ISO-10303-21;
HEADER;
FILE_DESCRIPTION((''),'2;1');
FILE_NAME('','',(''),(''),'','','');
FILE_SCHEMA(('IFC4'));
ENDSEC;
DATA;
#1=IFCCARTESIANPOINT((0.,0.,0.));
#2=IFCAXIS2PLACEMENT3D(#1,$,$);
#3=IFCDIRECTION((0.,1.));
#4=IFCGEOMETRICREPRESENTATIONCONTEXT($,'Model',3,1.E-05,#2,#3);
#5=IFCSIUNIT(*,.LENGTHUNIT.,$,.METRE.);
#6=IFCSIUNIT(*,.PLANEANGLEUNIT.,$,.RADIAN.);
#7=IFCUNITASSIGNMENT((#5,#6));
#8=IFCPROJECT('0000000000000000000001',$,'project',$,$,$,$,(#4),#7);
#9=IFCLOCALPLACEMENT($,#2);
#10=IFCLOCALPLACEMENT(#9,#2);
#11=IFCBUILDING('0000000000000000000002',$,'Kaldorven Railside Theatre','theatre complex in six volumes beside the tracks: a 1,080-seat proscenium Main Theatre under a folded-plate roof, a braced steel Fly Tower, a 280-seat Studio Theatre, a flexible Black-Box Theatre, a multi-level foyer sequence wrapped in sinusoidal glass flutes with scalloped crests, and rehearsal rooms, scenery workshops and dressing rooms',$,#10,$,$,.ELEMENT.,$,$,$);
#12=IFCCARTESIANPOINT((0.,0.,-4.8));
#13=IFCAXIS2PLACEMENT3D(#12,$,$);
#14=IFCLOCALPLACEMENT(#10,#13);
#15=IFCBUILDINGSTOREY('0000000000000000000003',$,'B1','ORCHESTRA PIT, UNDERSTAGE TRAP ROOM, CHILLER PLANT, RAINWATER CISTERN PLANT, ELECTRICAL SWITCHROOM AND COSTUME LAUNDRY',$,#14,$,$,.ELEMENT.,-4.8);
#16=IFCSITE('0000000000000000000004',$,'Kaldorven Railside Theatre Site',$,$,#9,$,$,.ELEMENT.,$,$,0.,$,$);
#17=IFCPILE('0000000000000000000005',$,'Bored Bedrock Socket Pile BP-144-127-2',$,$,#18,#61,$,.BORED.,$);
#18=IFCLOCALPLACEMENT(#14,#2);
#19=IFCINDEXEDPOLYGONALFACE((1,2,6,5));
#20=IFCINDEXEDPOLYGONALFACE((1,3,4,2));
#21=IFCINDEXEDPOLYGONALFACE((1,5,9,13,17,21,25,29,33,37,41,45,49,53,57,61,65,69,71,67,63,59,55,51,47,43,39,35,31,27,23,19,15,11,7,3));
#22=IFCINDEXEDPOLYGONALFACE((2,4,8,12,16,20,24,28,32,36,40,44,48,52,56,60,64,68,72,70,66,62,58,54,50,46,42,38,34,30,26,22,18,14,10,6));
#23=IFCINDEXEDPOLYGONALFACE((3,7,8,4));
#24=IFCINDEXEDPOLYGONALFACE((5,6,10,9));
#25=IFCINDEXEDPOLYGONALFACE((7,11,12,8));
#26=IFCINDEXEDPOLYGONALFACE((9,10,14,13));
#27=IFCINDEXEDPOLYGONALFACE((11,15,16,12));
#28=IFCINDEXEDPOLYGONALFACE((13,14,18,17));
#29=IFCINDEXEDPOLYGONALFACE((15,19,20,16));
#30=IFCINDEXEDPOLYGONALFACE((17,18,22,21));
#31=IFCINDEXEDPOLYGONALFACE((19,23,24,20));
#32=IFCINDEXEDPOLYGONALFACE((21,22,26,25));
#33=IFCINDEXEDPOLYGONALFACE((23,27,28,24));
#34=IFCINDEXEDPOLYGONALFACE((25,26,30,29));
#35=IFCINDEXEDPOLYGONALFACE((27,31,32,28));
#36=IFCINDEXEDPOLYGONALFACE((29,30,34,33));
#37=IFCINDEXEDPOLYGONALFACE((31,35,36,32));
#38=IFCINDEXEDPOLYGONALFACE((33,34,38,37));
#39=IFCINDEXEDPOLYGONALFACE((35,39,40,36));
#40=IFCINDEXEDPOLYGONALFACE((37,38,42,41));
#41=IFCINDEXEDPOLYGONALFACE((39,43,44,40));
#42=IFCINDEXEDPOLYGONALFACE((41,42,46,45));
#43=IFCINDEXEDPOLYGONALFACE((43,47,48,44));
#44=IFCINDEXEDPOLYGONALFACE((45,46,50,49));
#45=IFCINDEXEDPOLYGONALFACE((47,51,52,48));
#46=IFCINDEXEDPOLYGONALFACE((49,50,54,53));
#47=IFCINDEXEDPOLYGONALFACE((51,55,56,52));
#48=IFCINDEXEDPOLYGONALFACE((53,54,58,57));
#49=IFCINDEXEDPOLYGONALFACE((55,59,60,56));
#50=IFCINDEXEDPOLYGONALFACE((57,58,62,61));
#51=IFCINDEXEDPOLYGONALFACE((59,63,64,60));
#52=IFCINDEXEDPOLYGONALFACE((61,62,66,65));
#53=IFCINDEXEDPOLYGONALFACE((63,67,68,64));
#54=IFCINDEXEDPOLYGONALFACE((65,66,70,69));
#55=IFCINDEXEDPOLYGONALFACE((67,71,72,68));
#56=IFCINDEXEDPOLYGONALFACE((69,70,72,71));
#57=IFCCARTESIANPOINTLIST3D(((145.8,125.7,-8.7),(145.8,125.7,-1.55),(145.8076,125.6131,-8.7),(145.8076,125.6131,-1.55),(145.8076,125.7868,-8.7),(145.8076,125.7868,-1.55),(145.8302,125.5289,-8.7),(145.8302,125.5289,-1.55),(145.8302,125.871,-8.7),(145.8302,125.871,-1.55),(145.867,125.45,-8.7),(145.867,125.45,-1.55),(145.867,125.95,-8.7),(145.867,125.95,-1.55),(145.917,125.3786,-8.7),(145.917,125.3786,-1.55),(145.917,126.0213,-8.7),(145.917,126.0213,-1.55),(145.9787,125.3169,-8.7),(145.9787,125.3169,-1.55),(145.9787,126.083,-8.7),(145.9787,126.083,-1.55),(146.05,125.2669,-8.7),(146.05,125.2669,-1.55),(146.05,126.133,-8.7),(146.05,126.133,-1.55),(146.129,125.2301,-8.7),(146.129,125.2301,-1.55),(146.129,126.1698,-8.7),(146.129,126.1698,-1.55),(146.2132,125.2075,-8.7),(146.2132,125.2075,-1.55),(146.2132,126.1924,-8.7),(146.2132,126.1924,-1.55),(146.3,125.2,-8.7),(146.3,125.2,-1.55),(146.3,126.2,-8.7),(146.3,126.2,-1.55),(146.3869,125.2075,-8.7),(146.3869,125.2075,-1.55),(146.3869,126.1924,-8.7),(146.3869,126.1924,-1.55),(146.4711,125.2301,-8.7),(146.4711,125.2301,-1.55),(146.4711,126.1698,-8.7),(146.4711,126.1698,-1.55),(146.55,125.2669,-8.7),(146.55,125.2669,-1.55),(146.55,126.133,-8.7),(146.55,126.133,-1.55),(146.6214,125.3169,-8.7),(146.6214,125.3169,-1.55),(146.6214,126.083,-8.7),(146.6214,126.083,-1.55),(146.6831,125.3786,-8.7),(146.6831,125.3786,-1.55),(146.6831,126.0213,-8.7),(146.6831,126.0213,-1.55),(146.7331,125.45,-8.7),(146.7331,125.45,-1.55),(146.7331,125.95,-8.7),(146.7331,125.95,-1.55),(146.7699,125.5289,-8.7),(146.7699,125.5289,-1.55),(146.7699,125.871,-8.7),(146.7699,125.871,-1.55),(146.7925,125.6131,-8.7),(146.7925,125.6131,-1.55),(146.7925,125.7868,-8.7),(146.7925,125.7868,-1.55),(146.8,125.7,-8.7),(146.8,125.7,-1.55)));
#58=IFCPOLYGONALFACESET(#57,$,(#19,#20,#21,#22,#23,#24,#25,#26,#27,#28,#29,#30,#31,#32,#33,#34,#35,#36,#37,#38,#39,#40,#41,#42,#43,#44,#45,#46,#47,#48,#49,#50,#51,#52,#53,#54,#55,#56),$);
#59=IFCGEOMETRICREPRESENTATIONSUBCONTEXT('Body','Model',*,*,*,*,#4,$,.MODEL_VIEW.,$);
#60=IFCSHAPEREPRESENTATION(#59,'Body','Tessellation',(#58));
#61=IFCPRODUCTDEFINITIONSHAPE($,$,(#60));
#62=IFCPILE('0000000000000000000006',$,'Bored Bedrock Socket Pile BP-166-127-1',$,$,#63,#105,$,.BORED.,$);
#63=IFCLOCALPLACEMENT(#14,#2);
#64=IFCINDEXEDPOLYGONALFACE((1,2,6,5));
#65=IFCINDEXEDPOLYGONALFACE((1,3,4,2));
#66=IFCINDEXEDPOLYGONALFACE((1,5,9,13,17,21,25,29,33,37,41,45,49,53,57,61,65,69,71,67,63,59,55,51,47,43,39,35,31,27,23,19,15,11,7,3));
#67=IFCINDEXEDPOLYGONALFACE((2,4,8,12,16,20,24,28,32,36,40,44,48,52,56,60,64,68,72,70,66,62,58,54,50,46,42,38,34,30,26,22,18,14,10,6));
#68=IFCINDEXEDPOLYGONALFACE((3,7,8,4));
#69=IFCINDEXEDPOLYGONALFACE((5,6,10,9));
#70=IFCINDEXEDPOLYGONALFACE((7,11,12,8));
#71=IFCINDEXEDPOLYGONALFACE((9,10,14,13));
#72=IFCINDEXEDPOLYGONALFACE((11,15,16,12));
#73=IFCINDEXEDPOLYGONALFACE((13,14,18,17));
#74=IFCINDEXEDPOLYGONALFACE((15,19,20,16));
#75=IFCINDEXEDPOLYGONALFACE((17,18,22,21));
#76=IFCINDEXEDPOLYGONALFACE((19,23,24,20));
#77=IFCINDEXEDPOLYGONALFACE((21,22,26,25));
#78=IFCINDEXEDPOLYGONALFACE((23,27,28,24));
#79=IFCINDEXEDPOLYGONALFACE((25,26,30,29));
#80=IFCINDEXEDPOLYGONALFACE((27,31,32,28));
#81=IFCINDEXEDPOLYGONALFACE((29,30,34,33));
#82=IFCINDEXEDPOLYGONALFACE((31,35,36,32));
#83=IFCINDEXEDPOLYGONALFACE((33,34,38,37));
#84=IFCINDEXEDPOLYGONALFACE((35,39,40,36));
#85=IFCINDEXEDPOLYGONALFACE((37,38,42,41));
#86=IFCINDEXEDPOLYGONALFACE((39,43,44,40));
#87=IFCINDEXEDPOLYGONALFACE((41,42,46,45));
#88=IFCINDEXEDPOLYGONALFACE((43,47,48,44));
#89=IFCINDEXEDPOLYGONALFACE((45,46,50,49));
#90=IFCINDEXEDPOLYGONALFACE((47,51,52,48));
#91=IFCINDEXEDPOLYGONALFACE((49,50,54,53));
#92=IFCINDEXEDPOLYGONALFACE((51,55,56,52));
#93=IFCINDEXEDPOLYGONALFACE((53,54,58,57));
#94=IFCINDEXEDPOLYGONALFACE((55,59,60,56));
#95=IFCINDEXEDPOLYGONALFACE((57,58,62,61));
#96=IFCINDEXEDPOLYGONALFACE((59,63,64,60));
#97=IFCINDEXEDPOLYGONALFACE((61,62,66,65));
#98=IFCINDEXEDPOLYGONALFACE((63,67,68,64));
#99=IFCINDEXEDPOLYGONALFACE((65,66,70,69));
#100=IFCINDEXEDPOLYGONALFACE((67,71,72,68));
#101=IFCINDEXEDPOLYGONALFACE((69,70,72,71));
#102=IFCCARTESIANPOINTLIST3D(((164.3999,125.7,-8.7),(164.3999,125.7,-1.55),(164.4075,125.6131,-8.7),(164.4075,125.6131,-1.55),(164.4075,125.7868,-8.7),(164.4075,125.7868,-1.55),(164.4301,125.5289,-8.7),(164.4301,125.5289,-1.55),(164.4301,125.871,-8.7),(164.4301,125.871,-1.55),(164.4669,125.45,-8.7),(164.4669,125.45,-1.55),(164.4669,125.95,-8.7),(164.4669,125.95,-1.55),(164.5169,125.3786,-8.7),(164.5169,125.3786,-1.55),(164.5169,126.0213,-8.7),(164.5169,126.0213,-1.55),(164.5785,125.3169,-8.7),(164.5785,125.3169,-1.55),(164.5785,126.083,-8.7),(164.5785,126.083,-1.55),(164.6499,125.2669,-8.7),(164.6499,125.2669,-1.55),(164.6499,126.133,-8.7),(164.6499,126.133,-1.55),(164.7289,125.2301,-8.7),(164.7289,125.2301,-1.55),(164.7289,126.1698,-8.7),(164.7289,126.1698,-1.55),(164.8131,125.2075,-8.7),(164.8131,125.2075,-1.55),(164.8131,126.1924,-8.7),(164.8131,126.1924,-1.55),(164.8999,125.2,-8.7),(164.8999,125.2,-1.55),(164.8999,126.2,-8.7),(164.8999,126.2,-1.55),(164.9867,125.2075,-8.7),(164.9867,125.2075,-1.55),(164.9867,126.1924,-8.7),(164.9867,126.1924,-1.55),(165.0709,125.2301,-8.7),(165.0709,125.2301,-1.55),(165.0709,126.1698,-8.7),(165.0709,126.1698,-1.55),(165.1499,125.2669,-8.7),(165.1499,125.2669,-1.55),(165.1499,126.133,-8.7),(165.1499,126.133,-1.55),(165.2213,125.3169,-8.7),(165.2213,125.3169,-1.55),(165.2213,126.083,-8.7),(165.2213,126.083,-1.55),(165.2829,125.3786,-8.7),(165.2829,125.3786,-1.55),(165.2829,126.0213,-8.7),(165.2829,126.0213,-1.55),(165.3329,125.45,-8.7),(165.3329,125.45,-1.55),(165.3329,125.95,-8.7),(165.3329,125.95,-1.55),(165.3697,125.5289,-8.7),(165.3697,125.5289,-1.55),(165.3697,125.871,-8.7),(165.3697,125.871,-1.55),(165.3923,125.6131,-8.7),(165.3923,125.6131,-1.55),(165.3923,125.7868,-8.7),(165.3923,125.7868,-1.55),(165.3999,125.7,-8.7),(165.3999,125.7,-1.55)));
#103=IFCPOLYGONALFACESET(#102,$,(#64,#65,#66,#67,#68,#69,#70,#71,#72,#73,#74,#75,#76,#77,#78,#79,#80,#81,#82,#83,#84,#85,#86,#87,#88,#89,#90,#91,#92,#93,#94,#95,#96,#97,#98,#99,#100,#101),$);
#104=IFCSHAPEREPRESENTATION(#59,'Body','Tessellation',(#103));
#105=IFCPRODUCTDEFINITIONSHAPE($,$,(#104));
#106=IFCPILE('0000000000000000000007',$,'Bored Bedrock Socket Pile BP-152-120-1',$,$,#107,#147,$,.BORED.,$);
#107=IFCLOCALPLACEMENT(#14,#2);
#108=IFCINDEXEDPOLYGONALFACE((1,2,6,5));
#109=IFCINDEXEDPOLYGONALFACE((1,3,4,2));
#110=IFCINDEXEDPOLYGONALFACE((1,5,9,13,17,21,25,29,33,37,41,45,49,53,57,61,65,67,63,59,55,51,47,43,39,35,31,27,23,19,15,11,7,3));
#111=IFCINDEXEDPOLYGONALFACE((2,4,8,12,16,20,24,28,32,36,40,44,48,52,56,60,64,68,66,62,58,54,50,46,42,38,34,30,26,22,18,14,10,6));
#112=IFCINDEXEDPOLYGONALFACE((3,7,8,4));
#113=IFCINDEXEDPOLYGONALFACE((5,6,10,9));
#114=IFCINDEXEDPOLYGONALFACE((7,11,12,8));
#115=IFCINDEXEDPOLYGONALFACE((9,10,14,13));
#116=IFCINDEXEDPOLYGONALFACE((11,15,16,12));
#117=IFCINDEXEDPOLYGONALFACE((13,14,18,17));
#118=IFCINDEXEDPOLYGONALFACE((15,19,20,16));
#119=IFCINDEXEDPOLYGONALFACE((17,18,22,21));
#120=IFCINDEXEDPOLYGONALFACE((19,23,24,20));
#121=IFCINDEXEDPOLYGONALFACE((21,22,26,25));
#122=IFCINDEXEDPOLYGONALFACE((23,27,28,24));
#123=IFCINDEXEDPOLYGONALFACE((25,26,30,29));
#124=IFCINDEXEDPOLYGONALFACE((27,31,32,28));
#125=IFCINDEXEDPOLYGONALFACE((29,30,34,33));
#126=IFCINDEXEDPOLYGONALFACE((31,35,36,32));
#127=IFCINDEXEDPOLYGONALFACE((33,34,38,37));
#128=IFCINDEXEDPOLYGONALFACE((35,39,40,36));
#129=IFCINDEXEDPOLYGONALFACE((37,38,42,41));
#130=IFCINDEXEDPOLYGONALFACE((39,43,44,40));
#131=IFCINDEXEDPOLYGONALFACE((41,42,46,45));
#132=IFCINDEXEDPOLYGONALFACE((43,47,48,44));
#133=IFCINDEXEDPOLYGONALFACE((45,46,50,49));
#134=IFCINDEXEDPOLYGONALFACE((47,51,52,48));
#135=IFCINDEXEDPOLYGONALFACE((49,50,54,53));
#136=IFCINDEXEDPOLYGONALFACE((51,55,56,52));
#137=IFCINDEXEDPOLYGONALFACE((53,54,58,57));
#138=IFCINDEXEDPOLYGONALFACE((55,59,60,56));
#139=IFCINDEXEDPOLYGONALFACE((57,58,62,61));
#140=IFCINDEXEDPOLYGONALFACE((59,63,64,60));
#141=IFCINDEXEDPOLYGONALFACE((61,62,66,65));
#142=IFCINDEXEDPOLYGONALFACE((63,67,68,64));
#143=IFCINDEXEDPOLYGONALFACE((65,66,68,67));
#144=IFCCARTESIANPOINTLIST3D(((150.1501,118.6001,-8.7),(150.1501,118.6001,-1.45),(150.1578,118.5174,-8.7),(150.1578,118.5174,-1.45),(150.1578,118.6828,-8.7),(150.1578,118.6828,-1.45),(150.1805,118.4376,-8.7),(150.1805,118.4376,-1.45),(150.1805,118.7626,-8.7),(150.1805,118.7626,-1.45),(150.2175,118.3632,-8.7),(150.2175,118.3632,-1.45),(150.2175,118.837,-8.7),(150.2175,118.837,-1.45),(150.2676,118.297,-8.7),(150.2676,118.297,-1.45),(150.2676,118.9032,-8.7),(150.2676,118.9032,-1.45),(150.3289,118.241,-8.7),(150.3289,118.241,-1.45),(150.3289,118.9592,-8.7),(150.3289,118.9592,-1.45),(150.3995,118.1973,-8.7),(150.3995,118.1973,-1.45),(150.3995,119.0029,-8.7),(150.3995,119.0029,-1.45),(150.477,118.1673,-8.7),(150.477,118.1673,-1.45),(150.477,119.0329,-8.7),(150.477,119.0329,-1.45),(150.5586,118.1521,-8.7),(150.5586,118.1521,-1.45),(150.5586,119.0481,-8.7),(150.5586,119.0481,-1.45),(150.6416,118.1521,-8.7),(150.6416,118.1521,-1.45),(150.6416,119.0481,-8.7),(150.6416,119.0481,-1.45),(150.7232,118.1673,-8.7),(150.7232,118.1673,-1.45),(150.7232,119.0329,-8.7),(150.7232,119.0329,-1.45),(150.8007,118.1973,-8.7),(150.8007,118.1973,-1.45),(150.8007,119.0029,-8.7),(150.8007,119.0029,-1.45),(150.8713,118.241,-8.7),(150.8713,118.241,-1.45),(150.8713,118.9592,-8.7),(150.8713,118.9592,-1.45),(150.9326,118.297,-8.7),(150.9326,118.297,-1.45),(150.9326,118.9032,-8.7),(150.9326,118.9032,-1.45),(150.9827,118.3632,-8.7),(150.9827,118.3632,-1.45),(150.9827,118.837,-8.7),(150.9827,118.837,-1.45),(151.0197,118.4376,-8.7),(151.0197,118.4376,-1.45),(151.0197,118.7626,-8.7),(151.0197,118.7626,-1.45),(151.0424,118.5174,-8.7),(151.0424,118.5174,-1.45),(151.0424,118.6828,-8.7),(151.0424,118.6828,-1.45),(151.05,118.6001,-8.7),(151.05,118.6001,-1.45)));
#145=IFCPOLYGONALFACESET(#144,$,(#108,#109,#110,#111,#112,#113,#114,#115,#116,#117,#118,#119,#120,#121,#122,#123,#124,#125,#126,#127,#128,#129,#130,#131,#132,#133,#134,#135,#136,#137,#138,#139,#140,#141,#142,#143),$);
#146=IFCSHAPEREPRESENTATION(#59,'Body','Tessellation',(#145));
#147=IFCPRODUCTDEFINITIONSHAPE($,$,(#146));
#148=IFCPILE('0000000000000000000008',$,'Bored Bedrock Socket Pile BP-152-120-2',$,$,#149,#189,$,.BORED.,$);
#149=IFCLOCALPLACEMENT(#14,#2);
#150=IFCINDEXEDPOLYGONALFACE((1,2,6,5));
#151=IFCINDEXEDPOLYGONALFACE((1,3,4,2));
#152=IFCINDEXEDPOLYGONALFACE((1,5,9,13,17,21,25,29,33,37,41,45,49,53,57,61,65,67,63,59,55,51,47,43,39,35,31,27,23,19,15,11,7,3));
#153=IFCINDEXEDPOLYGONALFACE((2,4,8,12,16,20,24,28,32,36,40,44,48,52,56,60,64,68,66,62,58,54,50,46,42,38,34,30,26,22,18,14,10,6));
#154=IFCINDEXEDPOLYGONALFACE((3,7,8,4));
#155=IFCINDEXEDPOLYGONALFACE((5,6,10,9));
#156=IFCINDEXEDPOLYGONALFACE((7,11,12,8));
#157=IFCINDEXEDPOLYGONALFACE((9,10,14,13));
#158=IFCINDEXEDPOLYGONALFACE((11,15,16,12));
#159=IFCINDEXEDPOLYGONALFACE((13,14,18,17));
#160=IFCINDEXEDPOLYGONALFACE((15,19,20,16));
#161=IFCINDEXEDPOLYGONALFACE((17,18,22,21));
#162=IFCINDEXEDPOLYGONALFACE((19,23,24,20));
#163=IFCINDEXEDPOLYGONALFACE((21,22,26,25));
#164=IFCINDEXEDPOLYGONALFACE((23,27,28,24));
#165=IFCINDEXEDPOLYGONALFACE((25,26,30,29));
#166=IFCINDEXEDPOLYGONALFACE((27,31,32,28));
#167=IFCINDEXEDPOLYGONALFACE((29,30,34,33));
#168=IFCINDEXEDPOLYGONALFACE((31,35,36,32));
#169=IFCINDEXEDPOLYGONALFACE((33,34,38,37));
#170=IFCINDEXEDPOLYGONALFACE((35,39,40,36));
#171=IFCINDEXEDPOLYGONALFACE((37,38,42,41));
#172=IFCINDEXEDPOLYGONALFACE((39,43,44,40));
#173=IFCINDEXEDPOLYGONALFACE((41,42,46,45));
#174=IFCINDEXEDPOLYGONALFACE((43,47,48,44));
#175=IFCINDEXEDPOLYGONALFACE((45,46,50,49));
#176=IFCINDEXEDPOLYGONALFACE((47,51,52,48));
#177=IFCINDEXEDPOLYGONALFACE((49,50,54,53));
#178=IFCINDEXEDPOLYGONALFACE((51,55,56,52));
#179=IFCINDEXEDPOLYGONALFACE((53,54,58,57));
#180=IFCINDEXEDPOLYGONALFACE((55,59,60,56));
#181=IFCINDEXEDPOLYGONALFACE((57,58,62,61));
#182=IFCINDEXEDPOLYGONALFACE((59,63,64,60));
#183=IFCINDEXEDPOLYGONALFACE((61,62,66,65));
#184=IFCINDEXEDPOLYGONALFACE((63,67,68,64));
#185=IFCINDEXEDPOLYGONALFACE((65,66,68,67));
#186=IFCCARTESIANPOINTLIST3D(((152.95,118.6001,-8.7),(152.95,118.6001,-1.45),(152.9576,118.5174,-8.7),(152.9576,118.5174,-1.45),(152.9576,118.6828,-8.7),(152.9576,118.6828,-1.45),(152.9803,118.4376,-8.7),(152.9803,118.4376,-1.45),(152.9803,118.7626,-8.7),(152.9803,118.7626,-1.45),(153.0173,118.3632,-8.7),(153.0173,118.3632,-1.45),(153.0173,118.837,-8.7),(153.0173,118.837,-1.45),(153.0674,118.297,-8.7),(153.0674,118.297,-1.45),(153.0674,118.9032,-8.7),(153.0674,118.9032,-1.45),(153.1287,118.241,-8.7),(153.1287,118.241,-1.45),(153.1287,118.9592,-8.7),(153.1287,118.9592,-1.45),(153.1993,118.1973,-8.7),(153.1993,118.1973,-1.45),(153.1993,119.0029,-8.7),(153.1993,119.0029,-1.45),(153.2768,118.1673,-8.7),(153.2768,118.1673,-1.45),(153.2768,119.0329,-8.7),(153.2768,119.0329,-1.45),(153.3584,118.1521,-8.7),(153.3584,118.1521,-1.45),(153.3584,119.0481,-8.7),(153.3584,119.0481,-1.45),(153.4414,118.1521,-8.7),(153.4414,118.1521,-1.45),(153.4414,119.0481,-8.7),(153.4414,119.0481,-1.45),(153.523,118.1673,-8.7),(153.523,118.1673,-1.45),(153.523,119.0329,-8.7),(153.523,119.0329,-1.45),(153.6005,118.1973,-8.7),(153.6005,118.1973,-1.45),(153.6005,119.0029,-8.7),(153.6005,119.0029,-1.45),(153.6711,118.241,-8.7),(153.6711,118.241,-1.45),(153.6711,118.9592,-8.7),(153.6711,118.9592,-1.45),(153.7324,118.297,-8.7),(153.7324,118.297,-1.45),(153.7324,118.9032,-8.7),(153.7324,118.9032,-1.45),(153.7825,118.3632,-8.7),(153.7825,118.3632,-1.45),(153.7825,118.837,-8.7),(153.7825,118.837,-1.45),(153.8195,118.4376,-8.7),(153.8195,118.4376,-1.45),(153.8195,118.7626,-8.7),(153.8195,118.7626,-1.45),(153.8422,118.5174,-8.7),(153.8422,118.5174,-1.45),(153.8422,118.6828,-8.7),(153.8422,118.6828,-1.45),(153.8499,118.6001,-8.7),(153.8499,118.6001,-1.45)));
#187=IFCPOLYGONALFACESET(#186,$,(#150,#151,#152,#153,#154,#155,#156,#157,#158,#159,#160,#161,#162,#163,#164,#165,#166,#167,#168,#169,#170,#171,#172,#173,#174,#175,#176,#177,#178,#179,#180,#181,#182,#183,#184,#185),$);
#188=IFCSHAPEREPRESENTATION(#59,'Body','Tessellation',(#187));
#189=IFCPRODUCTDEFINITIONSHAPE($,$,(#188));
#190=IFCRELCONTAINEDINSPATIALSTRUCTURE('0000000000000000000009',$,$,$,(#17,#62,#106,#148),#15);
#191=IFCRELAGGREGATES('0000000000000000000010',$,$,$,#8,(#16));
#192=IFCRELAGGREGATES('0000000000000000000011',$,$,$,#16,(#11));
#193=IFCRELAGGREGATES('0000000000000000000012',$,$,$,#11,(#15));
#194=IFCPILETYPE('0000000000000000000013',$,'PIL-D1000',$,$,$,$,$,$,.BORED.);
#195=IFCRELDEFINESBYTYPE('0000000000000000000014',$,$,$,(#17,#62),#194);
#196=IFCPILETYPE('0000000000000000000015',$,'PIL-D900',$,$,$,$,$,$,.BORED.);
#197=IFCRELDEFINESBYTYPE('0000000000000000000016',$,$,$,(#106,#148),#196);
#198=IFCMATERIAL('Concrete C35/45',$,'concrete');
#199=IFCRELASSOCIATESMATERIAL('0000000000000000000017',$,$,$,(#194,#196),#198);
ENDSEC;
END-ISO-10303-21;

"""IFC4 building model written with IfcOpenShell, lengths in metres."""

from ifc_helpers import new_model, si_unit, direction, frame, origin, origin_2d, place, context, subcontext, project, spatial, circle, extrude, material, material_profile, profile_set, type_object, element, save


model = new_model("IFC4")

# Units and contexts
model_context = context("Model", 3, precision=1e-05, world=origin(), true_north=direction((0.0, 1.0)))
body_context = subcontext(model_context, "Body", "Model", "MODEL_VIEW")
ifc_project = project(units=[si_unit("LENGTHUNIT", "METRE"), si_unit("PLANEANGLEUNIT", "RADIAN")], contexts=[model_context])

# Site, building, storey
site_placement = place(None, origin())
site = spatial("IfcSite", under=ifc_project, at=site_placement, Name="Kaldorven Railside Theatre Site", CompositionType="ELEMENT", RefElevation=0.0)
building_placement = place(site_placement, origin())
building = spatial("IfcBuilding", under=site, at=building_placement, Name="Kaldorven Railside Theatre", Description="theatre complex in six volumes beside the tracks: a 1,080-seat proscenium Main Theatre under a folded-plate roof, a braced steel Fly Tower, a 280-seat Studio Theatre, a flexible Black-Box Theatre, a multi-level foyer sequence wrapped in sinusoidal glass flutes with scalloped crests, and rehearsal rooms, scenery workshops and dressing rooms", CompositionType="ELEMENT")
storey_placement = place(building_placement, frame((0.0, 0.0, -4.8)))
storey = spatial("IfcBuildingStorey", under=building, at=storey_placement, Name="B1", Description="ORCHESTRA PIT, UNDERSTAGE TRAP ROOM, CHILLER PLANT, RAINWATER CISTERN PLANT, ELECTRICAL SWITCHROOM AND COSTUME LAUNDRY", CompositionType="ELEMENT", Elevation=-4.8)

# Piles
ifc_material_1 = material(Name="Concrete C35/45", Category="concrete")
ifc_material_profile_1 = material_profile(ifc_material_1, circle(Radius=0.5, at=origin_2d()), Name="BP D1000")
ifc_profile_set_1 = profile_set([ifc_material_profile_1], Name="Concrete C35/45")
pile_type_1 = type_object("IfcPileType", Name="PIL-D1000", PredefinedType="BORED", material=ifc_profile_set_1)
for number, where, z_axis, x_axis, name in (
    (1, (146.3, 125.7, -1.55), (0.0, 0.0, -1.0), (1.0, 0.0, 0.0), "Bored Bedrock Socket Pile BP-144-127-2"),
    (2, (164.8999, 125.7, -1.55), (0.0, 0.0, -1.0), (1.0, 0.0, 0.0), "Bored Bedrock Socket Pile BP-166-127-1"),
):
    element("IfcPile", number, at=place(storey_placement, frame(where, z_axis=z_axis, x_axis=x_axis)), inside=storey, type_object=pile_type_1, Name=name, PredefinedType="BORED", context=body_context, shape_type="SweptSolid", body=[
        extrude(circle(Radius=0.5, at=origin_2d()), origin(), (0.0, 0.0, 1.0), 7.1499),
    ])
ifc_material_profile_2 = material_profile(ifc_material_1, circle(Radius=0.45, at=origin_2d()), Name="BP D900")
ifc_profile_set_2 = profile_set([ifc_material_profile_2], Name="Concrete C35/45")
pile_type_2 = type_object("IfcPileType", Name="PIL-D900", PredefinedType="BORED", material=ifc_profile_set_2)
for number, where, z_axis, x_axis, name in (
    (3, (150.6001, 118.6001, -1.45), (0.0, 0.0, -1.0), (1.0, 0.0, 0.0), "Bored Bedrock Socket Pile BP-152-120-1"),
    (4, (153.3999, 118.6001, -1.45), (0.0, 0.0, -1.0), (1.0, 0.0, 0.0), "Bored Bedrock Socket Pile BP-152-120-2"),
):
    element("IfcPile", number, at=place(storey_placement, frame(where, z_axis=z_axis, x_axis=x_axis)), inside=storey, type_object=pile_type_2, Name=name, PredefinedType="BORED", context=body_context, shape_type="SweptSolid", body=[
        extrude(circle(Radius=0.45, at=origin_2d()), origin(), (0.0, 0.0, 1.0), 7.25),
    ])

save(model, "model.ifc")
